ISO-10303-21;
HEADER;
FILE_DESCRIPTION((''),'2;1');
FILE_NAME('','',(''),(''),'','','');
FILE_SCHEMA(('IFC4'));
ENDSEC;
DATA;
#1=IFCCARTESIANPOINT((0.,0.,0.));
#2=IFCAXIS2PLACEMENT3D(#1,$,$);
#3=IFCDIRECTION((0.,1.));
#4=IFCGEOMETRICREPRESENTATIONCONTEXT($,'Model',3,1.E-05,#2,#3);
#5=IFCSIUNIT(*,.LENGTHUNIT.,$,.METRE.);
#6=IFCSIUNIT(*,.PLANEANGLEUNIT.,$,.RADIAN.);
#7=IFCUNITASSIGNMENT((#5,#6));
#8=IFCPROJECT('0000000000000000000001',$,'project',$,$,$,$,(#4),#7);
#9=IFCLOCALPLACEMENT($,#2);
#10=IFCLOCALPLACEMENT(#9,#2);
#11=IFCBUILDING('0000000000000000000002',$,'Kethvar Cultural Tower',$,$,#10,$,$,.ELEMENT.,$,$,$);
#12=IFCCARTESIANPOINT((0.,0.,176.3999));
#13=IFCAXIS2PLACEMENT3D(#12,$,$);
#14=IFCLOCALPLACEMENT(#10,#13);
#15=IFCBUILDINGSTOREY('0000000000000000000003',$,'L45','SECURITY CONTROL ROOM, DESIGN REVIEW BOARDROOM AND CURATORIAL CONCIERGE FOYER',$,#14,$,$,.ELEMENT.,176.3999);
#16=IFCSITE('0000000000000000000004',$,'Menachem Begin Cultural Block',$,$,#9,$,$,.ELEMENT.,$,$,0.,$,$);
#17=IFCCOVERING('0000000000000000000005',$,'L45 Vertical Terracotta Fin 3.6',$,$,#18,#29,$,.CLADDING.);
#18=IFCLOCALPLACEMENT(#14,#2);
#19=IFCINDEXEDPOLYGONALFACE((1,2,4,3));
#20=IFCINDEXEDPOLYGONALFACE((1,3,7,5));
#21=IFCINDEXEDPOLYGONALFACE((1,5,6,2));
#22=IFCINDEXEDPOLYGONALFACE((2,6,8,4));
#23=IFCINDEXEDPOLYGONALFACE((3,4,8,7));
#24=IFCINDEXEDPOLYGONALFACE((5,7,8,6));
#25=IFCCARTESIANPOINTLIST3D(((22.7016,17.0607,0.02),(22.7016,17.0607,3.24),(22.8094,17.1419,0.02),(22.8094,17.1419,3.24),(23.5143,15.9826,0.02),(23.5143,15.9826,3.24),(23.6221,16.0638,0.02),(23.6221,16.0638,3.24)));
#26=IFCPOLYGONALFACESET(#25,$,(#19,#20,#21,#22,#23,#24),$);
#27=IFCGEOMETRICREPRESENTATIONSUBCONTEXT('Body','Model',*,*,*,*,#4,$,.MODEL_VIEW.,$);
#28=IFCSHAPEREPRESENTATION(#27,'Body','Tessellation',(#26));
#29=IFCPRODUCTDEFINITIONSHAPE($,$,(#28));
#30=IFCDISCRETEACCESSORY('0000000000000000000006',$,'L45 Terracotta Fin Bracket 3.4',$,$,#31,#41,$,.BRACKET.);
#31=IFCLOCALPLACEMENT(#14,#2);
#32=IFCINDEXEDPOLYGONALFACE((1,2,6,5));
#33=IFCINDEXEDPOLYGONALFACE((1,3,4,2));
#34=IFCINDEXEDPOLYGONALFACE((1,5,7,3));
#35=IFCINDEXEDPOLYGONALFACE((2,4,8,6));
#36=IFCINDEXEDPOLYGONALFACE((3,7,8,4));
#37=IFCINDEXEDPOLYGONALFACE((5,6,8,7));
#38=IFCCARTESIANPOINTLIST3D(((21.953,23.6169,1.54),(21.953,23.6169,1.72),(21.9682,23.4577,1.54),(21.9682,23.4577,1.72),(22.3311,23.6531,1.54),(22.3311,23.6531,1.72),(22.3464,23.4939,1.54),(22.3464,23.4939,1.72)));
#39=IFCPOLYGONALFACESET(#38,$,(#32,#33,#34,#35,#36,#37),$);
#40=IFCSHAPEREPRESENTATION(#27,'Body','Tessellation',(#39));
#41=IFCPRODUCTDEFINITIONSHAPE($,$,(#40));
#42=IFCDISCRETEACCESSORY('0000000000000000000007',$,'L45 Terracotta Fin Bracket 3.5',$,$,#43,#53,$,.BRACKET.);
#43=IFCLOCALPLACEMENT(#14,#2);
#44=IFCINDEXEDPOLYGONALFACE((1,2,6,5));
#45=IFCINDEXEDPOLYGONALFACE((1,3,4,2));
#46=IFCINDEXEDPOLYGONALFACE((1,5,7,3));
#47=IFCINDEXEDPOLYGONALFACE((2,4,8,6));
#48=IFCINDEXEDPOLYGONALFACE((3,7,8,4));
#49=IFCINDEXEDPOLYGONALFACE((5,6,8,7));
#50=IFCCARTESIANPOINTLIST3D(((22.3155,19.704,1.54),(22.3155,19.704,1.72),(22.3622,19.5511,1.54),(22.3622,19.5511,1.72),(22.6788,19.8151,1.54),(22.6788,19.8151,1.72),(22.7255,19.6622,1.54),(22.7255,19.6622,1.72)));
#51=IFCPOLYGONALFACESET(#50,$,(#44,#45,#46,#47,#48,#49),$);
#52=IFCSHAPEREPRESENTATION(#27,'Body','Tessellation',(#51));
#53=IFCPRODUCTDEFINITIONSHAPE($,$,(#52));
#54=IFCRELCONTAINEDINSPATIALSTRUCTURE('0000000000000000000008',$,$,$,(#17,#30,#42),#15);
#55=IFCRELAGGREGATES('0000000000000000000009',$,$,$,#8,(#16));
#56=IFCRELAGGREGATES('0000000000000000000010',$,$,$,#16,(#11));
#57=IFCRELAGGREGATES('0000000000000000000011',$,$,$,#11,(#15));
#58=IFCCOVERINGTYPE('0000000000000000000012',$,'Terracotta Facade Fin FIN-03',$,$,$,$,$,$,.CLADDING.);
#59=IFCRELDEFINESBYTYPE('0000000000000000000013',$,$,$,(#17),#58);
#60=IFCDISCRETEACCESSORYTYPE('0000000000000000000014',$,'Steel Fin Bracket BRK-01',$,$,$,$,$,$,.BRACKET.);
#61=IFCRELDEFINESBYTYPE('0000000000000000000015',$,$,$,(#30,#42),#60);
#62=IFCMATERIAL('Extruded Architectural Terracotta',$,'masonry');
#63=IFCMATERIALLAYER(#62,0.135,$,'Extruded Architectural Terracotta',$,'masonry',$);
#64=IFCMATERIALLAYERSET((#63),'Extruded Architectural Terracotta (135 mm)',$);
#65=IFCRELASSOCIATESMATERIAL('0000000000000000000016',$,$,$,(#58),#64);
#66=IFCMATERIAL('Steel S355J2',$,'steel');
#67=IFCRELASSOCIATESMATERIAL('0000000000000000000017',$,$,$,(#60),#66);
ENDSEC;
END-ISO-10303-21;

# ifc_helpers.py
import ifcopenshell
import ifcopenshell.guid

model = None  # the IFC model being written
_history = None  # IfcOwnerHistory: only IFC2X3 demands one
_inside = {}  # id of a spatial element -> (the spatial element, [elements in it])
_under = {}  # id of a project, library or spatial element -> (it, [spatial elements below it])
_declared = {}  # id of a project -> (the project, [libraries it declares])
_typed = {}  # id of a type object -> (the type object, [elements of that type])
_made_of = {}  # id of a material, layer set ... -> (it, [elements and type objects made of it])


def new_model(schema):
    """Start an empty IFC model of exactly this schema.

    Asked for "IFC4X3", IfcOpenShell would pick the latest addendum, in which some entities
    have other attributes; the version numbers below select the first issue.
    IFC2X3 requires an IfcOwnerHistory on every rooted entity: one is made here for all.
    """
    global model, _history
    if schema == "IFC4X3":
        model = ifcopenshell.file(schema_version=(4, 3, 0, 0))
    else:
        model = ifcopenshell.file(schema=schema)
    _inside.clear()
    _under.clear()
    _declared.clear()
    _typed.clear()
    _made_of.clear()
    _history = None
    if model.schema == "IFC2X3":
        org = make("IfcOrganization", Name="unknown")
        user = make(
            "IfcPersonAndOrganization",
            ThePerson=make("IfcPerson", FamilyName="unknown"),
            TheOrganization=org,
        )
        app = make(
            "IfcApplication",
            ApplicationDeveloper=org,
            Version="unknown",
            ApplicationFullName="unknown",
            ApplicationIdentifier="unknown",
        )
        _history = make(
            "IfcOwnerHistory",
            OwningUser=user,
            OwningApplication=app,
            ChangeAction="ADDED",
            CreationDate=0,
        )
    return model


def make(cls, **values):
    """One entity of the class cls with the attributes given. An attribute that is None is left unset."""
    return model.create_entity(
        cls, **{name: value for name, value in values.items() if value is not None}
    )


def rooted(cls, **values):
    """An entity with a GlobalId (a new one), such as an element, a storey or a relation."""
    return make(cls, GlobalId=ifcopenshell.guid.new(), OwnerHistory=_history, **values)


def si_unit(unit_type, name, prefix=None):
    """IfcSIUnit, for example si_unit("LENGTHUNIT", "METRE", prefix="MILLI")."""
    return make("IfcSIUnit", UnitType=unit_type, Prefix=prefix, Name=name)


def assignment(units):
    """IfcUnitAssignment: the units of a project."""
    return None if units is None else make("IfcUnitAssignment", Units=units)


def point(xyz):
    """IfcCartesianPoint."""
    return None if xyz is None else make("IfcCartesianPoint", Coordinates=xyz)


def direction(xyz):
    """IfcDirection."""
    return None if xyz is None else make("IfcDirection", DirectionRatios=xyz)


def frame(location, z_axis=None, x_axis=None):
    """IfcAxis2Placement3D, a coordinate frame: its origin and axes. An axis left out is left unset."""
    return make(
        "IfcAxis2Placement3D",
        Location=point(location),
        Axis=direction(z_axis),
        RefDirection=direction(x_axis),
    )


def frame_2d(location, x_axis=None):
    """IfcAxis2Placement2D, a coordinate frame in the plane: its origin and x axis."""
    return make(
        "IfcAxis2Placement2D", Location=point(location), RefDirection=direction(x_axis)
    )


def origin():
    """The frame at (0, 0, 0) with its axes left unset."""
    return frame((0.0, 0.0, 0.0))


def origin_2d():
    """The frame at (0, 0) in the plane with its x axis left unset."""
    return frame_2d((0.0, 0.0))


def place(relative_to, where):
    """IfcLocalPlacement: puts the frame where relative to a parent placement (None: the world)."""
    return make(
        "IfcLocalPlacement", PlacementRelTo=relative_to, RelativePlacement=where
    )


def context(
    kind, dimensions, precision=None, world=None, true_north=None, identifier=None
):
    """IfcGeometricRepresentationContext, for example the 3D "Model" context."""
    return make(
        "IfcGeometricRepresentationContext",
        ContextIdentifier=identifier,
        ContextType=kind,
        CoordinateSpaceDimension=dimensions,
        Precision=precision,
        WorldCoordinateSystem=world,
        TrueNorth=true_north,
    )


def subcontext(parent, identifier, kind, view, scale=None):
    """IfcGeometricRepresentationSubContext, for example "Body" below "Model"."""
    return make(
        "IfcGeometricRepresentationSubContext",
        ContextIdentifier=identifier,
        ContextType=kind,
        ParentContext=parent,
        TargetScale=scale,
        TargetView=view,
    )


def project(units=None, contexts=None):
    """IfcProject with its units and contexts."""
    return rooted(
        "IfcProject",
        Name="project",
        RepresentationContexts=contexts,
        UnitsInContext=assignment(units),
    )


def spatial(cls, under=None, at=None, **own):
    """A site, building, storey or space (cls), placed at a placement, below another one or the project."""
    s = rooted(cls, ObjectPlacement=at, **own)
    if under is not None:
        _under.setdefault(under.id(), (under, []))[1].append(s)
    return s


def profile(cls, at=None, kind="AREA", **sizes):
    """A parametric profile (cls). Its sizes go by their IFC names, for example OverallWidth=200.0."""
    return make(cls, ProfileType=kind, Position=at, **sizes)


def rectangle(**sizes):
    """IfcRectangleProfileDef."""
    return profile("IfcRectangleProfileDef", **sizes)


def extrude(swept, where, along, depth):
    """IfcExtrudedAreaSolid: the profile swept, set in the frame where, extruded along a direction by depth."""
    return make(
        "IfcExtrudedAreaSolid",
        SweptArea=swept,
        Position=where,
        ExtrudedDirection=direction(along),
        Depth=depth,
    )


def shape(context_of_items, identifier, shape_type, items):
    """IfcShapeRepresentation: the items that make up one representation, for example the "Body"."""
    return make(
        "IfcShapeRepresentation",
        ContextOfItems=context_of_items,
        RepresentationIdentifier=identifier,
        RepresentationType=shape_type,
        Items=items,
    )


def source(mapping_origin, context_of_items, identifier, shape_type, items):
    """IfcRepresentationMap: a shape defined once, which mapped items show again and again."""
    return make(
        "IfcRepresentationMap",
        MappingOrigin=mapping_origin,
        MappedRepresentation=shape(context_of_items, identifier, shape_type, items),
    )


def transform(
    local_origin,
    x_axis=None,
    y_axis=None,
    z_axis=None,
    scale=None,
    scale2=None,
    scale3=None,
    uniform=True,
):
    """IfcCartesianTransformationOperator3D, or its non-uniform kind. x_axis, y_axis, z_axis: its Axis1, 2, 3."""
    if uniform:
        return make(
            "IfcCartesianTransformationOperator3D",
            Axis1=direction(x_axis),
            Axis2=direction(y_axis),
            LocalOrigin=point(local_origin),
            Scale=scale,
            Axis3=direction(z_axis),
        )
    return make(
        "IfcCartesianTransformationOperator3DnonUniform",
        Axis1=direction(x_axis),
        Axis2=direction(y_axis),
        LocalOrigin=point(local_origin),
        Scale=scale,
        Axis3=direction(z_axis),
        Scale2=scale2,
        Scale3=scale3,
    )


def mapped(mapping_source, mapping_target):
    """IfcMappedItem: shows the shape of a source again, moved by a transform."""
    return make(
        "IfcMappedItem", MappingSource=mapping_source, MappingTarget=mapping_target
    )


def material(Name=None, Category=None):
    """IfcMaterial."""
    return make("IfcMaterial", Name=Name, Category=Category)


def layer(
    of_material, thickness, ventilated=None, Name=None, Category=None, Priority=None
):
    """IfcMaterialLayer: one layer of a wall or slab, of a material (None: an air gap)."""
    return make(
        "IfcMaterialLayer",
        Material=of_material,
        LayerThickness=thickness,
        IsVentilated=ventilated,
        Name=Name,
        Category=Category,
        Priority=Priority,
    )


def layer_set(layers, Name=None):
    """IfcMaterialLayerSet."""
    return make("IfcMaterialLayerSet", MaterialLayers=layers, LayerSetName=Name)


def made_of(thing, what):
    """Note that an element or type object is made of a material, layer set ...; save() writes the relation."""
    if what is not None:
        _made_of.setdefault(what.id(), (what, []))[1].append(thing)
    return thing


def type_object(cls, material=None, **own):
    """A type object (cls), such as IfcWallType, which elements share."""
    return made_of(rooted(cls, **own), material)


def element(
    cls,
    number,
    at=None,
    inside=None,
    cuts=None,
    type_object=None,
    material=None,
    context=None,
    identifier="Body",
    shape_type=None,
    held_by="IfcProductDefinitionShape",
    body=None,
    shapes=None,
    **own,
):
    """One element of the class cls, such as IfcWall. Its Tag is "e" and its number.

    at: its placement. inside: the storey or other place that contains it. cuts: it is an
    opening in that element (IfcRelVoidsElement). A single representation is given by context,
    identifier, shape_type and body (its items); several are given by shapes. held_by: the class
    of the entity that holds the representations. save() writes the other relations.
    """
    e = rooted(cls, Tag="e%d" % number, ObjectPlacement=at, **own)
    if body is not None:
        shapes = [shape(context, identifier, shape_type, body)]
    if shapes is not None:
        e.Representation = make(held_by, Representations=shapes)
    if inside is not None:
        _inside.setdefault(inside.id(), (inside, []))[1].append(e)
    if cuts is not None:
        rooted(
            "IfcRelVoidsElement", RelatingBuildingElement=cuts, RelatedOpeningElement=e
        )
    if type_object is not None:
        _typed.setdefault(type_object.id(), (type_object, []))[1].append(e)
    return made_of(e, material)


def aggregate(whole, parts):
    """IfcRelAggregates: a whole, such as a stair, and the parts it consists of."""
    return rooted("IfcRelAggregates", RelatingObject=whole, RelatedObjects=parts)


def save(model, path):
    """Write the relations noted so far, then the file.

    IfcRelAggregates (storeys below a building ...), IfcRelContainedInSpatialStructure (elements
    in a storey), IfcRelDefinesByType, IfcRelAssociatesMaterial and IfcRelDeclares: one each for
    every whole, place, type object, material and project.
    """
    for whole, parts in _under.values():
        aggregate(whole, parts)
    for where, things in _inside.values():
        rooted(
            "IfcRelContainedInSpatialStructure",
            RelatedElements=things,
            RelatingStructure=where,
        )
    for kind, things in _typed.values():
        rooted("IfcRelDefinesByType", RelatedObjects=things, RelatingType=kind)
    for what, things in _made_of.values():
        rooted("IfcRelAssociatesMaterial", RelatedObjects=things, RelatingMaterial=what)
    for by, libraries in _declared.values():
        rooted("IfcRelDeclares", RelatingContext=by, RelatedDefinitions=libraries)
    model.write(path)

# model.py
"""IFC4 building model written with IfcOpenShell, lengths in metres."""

from ifc_helpers import new_model, si_unit, direction, frame, origin, origin_2d, place, context, subcontext, project, spatial, rectangle, extrude, source, transform, mapped, material, layer, layer_set, type_object, element, save


model = new_model("IFC4")

# Units and contexts
model_context = context("Model", 3, precision=1e-05, world=origin(), true_north=direction((0.0, 1.0)))
body_context = subcontext(model_context, "Body", "Model", "MODEL_VIEW")
ifc_project = project(units=[si_unit("LENGTHUNIT", "METRE"), si_unit("PLANEANGLEUNIT", "RADIAN")], contexts=[model_context])

# Site, building, storey
site_placement = place(None, origin())
site = spatial("IfcSite", under=ifc_project, at=site_placement, Name="Menachem Begin Cultural Block", CompositionType="ELEMENT", RefElevation=0.0)
building_placement = place(site_placement, origin())
building = spatial("IfcBuilding", under=site, at=building_placement, Name="Kethvar Cultural Tower", CompositionType="ELEMENT")
storey_placement = place(building_placement, frame((0.0, 0.0, 176.3999)))
storey = spatial("IfcBuildingStorey", under=building, at=storey_placement, Name="L45", Description="SECURITY CONTROL ROOM, DESIGN REVIEW BOARDROOM AND CURATORIAL CONCIERGE FOYER", CompositionType="ELEMENT", Elevation=176.3999)

# Covering
ifc_material_1 = material(Name="Extruded Architectural Terracotta", Category="masonry")
ifc_layer_1 = layer(ifc_material_1, 0.135, Name="Extruded Architectural Terracotta", Category="masonry")
ifc_layer_set_1 = layer_set([ifc_layer_1], Name="Extruded Architectural Terracotta (135 mm)")
covering_type_1 = type_object("IfcCoveringType", Name="Terracotta Facade Fin FIN-03", PredefinedType="CLADDING", material=ifc_layer_set_1)
shared_shape_1 = source(origin(), body_context, "Body", "SweptSolid", [
    extrude(rectangle(XDim=1.3501, YDim=0.135, at=origin_2d()), origin(), (0.0, 0.0, 1.0), 3.22),
])
for number, where, z_axis, x_axis, name in (
    (1, (23.1619, 16.5623, 0.02), (0.0, 0.0, 1.0), (-0.601954, 0.79853, 0.0), "L45 Vertical Terracotta Fin 3.6"),
):
    element("IfcCovering", number, at=place(storey_placement, frame(where, z_axis=z_axis, x_axis=x_axis)), inside=storey, type_object=covering_type_1, Name=name, PredefinedType="CLADDING", context=body_context, shape_type="MappedRepresentation", body=[
        mapped(shared_shape_1, transform((0.0, 0.0, 0.0), scale=1.0)),
    ])

# Discrete accessories
ifc_material_2 = material(Name="Steel S355J2", Category="steel")
discrete_accessory_type = type_object("IfcDiscreteAccessoryType", Name="Steel Fin Bracket BRK-01", PredefinedType="BRACKET", material=ifc_material_2)
shared_shape_2 = source(origin(), body_context, "Body", "SweptSolid", [
    extrude(rectangle(XDim=0.3799, YDim=0.1599, at=origin_2d()), origin(), (0.0, 0.0, 1.0), 0.1799),
])
for number, where, z_axis, x_axis, name in (
    (2, (22.1497, 23.5554, 1.54), (0.0, 0.0, 1.0), (-0.995446, -0.095325, 0.0), "L45 Terracotta Fin Bracket 3.4"),
    (3, (22.5205, 19.6831, 1.54), (0.0, 0.0, 1.0), (-0.956305, -0.292372, 0.0), "L45 Terracotta Fin Bracket 3.5"),
):
    element("IfcDiscreteAccessory", number, at=place(storey_placement, frame(where, z_axis=z_axis, x_axis=x_axis)), inside=storey, type_object=discrete_accessory_type, Name=name, PredefinedType="BRACKET", context=body_context, shape_type="MappedRepresentation", body=[
        mapped(shared_shape_2, transform((0.0, 0.0, 0.0), scale=1.0)),
    ])

save(model, "model.ifc")
